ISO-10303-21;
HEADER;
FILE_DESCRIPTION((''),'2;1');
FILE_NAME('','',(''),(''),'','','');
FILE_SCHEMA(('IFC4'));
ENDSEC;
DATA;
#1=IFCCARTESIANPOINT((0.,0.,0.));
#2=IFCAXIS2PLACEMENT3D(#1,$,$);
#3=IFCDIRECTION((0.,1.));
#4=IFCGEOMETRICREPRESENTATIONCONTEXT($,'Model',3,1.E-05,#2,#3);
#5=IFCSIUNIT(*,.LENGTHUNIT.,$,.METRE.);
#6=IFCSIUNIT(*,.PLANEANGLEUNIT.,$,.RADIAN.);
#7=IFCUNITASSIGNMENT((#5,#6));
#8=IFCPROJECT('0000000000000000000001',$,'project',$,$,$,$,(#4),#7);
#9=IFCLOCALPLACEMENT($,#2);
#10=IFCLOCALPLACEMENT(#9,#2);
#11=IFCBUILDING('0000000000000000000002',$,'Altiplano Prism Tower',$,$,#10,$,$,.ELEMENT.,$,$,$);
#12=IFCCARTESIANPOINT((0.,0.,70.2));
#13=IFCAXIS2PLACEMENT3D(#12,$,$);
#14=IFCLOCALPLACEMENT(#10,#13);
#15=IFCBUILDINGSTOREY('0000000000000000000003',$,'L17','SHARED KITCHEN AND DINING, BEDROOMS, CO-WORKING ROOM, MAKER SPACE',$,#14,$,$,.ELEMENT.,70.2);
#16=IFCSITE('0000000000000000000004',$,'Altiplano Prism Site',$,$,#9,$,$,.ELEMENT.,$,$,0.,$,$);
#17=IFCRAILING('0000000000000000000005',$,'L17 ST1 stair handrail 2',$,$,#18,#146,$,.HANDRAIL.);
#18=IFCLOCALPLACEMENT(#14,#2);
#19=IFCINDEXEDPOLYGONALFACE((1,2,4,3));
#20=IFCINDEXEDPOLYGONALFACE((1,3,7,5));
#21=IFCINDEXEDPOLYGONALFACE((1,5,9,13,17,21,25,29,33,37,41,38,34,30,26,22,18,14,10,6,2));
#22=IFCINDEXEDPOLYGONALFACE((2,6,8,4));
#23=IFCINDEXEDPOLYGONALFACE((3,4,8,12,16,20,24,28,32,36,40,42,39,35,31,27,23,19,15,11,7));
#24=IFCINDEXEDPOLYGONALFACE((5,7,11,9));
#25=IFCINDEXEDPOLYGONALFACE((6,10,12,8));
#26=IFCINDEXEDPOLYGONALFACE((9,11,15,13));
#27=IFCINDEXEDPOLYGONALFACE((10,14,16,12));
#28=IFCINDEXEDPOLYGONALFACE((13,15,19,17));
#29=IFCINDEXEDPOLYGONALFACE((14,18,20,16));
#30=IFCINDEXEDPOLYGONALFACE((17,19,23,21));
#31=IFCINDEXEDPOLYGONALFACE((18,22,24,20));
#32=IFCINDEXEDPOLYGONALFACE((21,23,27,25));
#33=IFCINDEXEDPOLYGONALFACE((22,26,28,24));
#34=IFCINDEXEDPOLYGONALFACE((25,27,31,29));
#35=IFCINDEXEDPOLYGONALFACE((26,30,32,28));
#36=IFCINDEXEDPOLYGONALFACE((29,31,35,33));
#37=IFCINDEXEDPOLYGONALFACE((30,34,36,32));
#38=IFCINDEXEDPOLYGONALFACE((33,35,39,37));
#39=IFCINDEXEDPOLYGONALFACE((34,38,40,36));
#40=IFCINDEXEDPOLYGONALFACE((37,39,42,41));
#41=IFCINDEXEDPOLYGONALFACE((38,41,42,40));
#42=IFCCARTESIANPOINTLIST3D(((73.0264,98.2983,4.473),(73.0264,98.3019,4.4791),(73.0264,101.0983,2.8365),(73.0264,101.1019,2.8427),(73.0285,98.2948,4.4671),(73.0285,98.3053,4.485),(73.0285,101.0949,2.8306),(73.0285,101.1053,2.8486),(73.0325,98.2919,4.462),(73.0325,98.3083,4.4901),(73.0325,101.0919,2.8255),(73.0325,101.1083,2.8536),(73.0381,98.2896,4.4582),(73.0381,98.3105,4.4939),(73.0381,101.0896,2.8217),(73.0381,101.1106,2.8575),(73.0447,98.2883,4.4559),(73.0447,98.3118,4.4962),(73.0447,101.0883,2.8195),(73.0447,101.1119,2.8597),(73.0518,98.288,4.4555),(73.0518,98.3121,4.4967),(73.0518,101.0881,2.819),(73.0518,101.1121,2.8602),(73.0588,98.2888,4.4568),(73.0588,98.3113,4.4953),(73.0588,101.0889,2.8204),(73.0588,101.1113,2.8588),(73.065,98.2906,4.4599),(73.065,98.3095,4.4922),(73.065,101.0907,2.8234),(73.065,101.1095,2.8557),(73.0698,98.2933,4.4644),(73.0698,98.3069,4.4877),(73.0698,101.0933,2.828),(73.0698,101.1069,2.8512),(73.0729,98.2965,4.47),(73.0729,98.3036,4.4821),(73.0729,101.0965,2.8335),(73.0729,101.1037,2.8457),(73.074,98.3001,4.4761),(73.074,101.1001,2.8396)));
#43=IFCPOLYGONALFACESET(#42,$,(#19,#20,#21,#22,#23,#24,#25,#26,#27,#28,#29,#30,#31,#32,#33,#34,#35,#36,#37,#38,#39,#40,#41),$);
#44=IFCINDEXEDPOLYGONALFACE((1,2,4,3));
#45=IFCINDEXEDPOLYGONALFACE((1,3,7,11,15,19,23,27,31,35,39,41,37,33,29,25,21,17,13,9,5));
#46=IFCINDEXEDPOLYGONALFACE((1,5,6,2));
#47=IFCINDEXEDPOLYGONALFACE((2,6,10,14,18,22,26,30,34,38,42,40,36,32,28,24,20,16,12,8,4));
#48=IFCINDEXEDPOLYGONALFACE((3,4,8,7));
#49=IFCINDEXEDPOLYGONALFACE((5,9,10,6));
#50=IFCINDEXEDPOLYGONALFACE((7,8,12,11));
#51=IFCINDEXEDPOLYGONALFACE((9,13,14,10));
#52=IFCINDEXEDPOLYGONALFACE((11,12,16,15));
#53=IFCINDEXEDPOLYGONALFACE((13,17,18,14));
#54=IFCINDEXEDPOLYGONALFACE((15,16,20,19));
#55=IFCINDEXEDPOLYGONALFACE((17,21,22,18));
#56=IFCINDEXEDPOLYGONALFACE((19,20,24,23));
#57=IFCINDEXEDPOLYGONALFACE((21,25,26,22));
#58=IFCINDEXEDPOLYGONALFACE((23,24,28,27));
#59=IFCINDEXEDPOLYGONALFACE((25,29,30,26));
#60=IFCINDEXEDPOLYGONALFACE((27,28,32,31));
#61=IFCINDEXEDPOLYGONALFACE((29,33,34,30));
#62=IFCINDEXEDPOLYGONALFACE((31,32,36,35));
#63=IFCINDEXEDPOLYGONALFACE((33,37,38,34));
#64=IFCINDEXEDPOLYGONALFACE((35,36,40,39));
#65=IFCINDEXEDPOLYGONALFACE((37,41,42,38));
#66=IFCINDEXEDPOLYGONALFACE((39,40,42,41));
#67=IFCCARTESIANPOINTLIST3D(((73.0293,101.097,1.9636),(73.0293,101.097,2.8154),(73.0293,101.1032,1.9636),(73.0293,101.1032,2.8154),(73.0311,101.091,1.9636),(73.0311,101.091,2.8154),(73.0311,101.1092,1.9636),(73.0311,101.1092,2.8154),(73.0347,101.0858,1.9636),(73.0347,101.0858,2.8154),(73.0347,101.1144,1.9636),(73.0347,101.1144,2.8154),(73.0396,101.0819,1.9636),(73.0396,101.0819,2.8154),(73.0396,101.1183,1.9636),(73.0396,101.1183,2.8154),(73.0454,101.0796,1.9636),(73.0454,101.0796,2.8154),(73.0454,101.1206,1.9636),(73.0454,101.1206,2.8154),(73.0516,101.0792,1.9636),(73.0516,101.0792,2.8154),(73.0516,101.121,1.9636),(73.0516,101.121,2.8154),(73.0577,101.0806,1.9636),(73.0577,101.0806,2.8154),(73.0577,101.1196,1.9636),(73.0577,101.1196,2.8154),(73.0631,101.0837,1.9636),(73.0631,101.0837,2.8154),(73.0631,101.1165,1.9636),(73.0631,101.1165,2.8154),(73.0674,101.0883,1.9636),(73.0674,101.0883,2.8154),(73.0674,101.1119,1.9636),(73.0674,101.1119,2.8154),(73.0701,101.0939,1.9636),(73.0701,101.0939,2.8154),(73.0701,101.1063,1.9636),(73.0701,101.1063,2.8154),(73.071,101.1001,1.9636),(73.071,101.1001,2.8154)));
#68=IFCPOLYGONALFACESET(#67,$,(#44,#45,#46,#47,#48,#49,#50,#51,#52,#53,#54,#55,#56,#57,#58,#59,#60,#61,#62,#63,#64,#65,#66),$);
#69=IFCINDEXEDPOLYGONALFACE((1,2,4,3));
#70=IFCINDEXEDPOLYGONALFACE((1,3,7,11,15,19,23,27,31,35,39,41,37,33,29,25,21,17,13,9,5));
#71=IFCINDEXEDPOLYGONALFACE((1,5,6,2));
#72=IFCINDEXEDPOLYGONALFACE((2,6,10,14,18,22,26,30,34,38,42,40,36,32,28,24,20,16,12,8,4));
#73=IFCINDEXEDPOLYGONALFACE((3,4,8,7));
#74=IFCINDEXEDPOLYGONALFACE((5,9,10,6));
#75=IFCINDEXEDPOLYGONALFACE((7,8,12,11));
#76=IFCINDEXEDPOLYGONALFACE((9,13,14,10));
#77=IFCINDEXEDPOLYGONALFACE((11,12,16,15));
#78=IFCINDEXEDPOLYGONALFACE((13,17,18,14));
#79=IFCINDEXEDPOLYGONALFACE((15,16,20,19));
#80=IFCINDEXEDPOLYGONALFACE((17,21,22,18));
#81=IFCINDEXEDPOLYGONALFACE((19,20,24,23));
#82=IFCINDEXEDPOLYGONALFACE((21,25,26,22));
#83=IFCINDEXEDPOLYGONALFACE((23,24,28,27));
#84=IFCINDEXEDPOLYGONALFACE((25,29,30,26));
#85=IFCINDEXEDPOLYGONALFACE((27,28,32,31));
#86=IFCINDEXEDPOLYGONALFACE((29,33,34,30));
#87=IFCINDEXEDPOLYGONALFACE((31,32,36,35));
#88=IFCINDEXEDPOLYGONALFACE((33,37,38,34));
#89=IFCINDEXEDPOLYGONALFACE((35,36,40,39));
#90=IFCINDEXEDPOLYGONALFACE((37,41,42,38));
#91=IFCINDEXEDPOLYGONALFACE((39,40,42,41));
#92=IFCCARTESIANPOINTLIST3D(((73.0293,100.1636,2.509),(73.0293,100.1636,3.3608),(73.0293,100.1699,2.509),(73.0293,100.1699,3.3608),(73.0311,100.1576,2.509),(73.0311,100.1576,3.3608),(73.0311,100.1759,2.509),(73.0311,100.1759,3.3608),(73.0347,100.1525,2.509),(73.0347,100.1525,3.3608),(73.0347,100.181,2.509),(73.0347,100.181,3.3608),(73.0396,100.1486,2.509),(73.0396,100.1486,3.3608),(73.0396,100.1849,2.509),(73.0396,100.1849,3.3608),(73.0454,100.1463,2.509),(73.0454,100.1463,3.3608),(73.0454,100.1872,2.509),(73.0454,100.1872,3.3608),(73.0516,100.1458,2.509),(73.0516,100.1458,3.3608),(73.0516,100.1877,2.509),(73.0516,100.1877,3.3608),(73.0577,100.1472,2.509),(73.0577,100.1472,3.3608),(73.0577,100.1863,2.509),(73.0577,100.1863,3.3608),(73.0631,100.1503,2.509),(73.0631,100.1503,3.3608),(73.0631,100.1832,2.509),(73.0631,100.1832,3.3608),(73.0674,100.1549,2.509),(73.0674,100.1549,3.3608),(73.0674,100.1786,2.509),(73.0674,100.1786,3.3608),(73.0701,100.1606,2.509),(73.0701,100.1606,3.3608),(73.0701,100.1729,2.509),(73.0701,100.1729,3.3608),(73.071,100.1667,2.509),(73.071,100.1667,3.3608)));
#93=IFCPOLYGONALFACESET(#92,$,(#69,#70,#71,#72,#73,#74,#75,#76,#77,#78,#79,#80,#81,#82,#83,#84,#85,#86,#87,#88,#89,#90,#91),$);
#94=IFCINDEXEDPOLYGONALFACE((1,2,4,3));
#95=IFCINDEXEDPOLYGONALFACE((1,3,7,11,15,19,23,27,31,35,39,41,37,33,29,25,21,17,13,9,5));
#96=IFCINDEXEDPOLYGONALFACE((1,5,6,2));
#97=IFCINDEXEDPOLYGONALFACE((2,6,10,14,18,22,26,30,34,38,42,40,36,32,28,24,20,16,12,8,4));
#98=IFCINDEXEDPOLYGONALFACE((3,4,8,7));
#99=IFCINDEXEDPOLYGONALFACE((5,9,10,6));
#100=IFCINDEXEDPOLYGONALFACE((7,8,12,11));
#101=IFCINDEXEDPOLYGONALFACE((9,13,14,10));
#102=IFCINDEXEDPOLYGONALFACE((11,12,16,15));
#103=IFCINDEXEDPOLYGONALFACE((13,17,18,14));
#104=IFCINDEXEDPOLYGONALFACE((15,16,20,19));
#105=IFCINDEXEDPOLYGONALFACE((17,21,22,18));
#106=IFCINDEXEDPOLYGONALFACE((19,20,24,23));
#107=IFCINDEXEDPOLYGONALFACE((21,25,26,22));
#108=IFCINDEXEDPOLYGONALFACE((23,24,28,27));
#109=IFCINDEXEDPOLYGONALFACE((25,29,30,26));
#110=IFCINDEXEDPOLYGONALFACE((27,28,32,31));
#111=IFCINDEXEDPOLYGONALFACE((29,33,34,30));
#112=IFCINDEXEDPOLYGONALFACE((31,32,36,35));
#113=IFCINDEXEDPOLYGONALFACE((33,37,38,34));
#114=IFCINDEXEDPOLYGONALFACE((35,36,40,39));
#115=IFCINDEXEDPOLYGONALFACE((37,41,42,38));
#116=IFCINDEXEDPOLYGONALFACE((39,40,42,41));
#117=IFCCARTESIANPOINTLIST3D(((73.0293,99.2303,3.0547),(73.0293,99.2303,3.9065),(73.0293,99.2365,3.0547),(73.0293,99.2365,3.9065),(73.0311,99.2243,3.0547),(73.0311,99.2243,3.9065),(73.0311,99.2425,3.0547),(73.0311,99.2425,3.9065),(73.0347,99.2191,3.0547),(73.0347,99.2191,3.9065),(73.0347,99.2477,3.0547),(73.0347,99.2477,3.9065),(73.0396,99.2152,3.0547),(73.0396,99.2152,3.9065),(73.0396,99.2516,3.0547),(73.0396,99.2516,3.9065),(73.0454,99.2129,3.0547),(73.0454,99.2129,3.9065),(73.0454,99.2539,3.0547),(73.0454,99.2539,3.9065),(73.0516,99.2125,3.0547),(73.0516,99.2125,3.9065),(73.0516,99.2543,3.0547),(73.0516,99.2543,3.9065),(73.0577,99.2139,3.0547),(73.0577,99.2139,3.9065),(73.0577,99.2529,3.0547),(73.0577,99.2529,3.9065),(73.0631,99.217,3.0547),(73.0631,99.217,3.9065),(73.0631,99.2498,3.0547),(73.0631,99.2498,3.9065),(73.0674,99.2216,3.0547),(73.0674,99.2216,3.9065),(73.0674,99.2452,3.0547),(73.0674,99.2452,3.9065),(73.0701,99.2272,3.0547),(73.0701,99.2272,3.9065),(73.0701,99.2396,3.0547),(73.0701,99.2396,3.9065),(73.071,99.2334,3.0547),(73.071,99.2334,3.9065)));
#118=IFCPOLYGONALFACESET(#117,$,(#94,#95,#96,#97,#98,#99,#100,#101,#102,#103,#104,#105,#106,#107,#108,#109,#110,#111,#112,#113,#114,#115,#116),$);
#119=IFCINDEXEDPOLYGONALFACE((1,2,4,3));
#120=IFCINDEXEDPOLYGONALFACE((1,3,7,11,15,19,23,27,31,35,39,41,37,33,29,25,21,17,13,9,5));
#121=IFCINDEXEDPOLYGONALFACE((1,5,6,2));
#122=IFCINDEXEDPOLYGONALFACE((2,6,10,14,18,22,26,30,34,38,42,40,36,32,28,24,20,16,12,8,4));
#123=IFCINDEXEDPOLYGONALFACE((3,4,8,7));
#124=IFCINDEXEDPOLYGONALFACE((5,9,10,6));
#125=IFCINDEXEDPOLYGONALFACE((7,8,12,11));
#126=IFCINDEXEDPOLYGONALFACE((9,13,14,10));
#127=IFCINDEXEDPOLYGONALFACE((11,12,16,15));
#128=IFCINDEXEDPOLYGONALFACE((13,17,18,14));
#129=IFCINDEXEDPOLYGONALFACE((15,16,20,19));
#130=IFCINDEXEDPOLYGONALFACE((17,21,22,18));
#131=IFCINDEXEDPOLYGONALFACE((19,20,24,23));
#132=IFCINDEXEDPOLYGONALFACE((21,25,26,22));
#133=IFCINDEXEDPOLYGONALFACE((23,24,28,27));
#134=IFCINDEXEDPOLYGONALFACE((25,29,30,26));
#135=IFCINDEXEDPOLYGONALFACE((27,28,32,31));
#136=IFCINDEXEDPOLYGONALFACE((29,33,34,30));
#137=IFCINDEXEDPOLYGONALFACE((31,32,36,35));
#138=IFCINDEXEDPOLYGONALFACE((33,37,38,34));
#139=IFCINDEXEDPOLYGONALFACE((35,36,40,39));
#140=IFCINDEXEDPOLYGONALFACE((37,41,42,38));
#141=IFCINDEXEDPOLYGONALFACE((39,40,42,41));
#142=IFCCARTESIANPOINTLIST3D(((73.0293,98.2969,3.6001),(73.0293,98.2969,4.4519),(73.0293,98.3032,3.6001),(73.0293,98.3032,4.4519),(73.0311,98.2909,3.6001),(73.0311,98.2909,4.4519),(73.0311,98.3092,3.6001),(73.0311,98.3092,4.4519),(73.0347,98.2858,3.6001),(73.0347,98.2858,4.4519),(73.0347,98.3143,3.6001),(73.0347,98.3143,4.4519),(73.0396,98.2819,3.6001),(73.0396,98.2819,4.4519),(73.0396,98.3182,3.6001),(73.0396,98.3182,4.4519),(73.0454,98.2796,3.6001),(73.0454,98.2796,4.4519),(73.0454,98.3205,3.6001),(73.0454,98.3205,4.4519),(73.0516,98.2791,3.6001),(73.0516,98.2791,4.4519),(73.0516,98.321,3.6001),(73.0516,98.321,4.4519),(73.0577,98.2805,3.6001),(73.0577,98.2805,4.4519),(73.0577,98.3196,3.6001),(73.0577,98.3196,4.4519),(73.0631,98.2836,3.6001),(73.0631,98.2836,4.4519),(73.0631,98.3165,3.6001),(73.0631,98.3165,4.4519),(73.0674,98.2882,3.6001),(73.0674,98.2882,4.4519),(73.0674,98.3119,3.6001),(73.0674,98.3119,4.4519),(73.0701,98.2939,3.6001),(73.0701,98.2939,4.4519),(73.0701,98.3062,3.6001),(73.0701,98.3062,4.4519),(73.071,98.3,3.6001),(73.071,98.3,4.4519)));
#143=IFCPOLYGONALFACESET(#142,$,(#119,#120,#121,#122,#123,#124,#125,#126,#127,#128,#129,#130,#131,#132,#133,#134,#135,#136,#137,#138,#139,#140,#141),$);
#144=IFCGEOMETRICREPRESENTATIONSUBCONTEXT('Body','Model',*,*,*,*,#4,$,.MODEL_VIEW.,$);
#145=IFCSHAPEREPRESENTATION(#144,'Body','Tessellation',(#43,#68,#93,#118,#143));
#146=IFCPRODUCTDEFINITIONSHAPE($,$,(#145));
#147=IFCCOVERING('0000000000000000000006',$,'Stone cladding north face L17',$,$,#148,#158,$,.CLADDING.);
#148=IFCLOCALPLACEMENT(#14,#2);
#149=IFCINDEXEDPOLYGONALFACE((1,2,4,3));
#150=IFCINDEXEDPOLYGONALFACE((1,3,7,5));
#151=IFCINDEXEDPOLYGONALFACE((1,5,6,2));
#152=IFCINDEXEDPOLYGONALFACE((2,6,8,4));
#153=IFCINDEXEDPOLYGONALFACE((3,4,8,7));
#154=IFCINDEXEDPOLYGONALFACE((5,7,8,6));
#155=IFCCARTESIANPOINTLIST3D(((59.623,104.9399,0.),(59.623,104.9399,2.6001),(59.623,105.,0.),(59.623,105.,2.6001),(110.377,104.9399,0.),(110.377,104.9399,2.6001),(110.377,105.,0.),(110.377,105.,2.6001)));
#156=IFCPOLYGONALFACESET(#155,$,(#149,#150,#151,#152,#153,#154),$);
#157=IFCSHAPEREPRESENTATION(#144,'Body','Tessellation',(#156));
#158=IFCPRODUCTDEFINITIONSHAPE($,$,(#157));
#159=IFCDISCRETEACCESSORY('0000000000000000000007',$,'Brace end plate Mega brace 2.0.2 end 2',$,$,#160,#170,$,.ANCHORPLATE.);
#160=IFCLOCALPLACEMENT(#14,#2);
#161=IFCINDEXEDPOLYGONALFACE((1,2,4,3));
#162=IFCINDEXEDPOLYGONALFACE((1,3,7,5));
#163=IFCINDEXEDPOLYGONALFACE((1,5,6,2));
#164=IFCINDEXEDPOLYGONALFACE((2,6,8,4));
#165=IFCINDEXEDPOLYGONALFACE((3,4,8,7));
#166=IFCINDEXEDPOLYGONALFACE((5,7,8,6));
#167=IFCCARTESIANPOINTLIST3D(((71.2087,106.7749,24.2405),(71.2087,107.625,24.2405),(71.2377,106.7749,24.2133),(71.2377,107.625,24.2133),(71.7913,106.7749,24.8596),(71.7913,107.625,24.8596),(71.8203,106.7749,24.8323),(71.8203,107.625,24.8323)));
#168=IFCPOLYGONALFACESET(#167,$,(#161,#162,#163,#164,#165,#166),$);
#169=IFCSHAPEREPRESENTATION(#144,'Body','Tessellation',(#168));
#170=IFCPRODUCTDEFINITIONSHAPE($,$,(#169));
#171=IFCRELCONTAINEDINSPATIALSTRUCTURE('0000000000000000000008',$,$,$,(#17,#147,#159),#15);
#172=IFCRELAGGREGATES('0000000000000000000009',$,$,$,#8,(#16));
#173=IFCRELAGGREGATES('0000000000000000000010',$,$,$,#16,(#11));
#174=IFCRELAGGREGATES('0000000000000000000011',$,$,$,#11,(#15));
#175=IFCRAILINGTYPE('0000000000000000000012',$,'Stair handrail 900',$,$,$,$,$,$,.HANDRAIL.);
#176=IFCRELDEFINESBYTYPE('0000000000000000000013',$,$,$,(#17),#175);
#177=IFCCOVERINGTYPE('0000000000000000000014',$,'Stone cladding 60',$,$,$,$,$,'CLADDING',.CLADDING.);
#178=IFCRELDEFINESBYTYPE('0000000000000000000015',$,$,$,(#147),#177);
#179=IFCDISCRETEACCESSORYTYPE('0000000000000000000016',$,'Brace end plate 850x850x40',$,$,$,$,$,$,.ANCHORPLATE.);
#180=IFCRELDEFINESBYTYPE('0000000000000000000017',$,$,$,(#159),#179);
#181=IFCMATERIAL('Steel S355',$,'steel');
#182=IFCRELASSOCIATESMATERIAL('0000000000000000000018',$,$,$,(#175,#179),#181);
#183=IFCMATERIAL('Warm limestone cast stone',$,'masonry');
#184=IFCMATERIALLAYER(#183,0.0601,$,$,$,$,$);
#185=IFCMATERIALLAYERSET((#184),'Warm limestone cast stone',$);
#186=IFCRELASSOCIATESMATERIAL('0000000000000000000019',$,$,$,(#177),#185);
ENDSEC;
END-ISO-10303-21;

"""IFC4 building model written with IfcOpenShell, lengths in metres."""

from ifc_helpers import new_model, si_unit, direction, frame, frame_2d, origin, origin_2d, place, context, subcontext, project, spatial, rectangle, circle, extrude, material, layer, layer_set, material_profile, profile_set, type_object, element, save


model = new_model("IFC4")

# Units and contexts
model_context = context("Model", 3, precision=1e-05, world=origin(), true_north=direction((0.0, 1.0)))
body_context = subcontext(model_context, "Body", "Model", "MODEL_VIEW")
ifc_project = project(units=[si_unit("LENGTHUNIT", "METRE"), si_unit("PLANEANGLEUNIT", "RADIAN")], contexts=[model_context])

# Site, building, storey
site_placement = place(None, origin())
site = spatial("IfcSite", under=ifc_project, at=site_placement, Name="Altiplano Prism Site", CompositionType="ELEMENT", RefElevation=0.0)
building_placement = place(site_placement, origin())
building = spatial("IfcBuilding", under=site, at=building_placement, Name="Altiplano Prism Tower", CompositionType="ELEMENT")
storey_placement = place(building_placement, frame((0.0, 0.0, 70.2)))
storey = spatial("IfcBuildingStorey", under=building, at=storey_placement, Name="L17", Description="SHARED KITCHEN AND DINING, BEDROOMS, CO-WORKING ROOM, MAKER SPACE", CompositionType="ELEMENT", Elevation=70.2)

# Railing
ifc_material_1 = material(Name="Steel S355", Category="steel")
railing_type = type_object("IfcRailingType", Name="Stair handrail 900", PredefinedType="HANDRAIL", material=ifc_material_1)
railing_1_placement = place(storey_placement, frame((73.05, 101.1001, 1.9636)))
element("IfcRailing", 1, at=railing_1_placement, inside=storey, type_object=railing_type, Name="L17 ST1 stair handrail 2", PredefinedType="HANDRAIL", context=body_context, shape_type="SweptSolid", body=[
    extrude(circle(Radius=0.0239, at=origin_2d()), frame((0.0, 0.0, 0.876), z_axis=(0.0, -0.863361, 0.504587), x_axis=(1.0, 0.0, 0.0)), (0.0, 0.0, 1.0), 3.2432),
    extrude(circle(Radius=0.021, at=origin_2d()), origin(), (0.0, 0.0, 1.0), 0.8518),
    extrude(circle(Radius=0.021, at=origin_2d()), frame((0.0, -0.9333, 0.5454)), (0.0, 0.0, 1.0), 0.8518),
    extrude(circle(Radius=0.021, at=origin_2d()), frame((0.0, -1.8667, 1.0911)), (0.0, 0.0, 1.0), 0.8518),
    extrude(circle(Radius=0.021, at=origin_2d()), frame((0.0, -2.8, 1.6365)), (0.0, 0.0, 1.0), 0.8518),
])

# Covering
ifc_material_2 = material(Name="Warm limestone cast stone", Category="masonry")
ifc_layer_1 = layer(ifc_material_2, 0.0601)
ifc_layer_set_1 = layer_set([ifc_layer_1], Name="Warm limestone cast stone")
covering_type = type_object("IfcCoveringType", Name="Stone cladding 60", ElementType="CLADDING", PredefinedType="CLADDING", material=ifc_layer_set_1)
covering_placement = place(storey_placement, frame((59.623, 104.97, 0.0), z_axis=(0.0, 0.0, 1.0), x_axis=(1.0, 0.0, 0.0)))
element("IfcCovering", 2, at=covering_placement, inside=storey, type_object=covering_type, Name="Stone cladding north face L17", PredefinedType="CLADDING", context=body_context, shape_type="SweptSolid", body=[
    extrude(rectangle(XDim=50.7539, YDim=0.0601, at=frame_2d((25.377, 0.0))), origin(), (0.0, 0.0, 1.0), 2.6001),
])

# Discrete accessory
ifc_material_profile_1 = material_profile(ifc_material_1, rectangle(XDim=0.8501, YDim=0.8501, at=origin_2d()), Name="Brace end plate 850x850x40")
ifc_profile_set_1 = profile_set([ifc_material_profile_1], Name="Steel S355")
discrete_accessory_type = type_object("IfcDiscreteAccessoryType", Name="Brace end plate 850x850x40", PredefinedType="ANCHORPLATE", material=ifc_profile_set_1)
discrete_accessory_placement = place(storey_placement, frame((71.5, 107.2, 24.55), z_axis=(0.7282, 0.0, -0.685365), x_axis=(0.0, 1.0, 0.0)))
element("IfcDiscreteAccessory", 3, at=discrete_accessory_placement, inside=storey, type_object=discrete_accessory_type, Name="Brace end plate Mega brace 2.0.2 end 2", PredefinedType="ANCHORPLATE", context=body_context, shape_type="SweptSolid", body=[
    extrude(rectangle(XDim=0.8501, YDim=0.8501, at=origin_2d()), origin(), (0.0, 0.0, 1.0), 0.0398),
])

save(model, "model.ifc")
